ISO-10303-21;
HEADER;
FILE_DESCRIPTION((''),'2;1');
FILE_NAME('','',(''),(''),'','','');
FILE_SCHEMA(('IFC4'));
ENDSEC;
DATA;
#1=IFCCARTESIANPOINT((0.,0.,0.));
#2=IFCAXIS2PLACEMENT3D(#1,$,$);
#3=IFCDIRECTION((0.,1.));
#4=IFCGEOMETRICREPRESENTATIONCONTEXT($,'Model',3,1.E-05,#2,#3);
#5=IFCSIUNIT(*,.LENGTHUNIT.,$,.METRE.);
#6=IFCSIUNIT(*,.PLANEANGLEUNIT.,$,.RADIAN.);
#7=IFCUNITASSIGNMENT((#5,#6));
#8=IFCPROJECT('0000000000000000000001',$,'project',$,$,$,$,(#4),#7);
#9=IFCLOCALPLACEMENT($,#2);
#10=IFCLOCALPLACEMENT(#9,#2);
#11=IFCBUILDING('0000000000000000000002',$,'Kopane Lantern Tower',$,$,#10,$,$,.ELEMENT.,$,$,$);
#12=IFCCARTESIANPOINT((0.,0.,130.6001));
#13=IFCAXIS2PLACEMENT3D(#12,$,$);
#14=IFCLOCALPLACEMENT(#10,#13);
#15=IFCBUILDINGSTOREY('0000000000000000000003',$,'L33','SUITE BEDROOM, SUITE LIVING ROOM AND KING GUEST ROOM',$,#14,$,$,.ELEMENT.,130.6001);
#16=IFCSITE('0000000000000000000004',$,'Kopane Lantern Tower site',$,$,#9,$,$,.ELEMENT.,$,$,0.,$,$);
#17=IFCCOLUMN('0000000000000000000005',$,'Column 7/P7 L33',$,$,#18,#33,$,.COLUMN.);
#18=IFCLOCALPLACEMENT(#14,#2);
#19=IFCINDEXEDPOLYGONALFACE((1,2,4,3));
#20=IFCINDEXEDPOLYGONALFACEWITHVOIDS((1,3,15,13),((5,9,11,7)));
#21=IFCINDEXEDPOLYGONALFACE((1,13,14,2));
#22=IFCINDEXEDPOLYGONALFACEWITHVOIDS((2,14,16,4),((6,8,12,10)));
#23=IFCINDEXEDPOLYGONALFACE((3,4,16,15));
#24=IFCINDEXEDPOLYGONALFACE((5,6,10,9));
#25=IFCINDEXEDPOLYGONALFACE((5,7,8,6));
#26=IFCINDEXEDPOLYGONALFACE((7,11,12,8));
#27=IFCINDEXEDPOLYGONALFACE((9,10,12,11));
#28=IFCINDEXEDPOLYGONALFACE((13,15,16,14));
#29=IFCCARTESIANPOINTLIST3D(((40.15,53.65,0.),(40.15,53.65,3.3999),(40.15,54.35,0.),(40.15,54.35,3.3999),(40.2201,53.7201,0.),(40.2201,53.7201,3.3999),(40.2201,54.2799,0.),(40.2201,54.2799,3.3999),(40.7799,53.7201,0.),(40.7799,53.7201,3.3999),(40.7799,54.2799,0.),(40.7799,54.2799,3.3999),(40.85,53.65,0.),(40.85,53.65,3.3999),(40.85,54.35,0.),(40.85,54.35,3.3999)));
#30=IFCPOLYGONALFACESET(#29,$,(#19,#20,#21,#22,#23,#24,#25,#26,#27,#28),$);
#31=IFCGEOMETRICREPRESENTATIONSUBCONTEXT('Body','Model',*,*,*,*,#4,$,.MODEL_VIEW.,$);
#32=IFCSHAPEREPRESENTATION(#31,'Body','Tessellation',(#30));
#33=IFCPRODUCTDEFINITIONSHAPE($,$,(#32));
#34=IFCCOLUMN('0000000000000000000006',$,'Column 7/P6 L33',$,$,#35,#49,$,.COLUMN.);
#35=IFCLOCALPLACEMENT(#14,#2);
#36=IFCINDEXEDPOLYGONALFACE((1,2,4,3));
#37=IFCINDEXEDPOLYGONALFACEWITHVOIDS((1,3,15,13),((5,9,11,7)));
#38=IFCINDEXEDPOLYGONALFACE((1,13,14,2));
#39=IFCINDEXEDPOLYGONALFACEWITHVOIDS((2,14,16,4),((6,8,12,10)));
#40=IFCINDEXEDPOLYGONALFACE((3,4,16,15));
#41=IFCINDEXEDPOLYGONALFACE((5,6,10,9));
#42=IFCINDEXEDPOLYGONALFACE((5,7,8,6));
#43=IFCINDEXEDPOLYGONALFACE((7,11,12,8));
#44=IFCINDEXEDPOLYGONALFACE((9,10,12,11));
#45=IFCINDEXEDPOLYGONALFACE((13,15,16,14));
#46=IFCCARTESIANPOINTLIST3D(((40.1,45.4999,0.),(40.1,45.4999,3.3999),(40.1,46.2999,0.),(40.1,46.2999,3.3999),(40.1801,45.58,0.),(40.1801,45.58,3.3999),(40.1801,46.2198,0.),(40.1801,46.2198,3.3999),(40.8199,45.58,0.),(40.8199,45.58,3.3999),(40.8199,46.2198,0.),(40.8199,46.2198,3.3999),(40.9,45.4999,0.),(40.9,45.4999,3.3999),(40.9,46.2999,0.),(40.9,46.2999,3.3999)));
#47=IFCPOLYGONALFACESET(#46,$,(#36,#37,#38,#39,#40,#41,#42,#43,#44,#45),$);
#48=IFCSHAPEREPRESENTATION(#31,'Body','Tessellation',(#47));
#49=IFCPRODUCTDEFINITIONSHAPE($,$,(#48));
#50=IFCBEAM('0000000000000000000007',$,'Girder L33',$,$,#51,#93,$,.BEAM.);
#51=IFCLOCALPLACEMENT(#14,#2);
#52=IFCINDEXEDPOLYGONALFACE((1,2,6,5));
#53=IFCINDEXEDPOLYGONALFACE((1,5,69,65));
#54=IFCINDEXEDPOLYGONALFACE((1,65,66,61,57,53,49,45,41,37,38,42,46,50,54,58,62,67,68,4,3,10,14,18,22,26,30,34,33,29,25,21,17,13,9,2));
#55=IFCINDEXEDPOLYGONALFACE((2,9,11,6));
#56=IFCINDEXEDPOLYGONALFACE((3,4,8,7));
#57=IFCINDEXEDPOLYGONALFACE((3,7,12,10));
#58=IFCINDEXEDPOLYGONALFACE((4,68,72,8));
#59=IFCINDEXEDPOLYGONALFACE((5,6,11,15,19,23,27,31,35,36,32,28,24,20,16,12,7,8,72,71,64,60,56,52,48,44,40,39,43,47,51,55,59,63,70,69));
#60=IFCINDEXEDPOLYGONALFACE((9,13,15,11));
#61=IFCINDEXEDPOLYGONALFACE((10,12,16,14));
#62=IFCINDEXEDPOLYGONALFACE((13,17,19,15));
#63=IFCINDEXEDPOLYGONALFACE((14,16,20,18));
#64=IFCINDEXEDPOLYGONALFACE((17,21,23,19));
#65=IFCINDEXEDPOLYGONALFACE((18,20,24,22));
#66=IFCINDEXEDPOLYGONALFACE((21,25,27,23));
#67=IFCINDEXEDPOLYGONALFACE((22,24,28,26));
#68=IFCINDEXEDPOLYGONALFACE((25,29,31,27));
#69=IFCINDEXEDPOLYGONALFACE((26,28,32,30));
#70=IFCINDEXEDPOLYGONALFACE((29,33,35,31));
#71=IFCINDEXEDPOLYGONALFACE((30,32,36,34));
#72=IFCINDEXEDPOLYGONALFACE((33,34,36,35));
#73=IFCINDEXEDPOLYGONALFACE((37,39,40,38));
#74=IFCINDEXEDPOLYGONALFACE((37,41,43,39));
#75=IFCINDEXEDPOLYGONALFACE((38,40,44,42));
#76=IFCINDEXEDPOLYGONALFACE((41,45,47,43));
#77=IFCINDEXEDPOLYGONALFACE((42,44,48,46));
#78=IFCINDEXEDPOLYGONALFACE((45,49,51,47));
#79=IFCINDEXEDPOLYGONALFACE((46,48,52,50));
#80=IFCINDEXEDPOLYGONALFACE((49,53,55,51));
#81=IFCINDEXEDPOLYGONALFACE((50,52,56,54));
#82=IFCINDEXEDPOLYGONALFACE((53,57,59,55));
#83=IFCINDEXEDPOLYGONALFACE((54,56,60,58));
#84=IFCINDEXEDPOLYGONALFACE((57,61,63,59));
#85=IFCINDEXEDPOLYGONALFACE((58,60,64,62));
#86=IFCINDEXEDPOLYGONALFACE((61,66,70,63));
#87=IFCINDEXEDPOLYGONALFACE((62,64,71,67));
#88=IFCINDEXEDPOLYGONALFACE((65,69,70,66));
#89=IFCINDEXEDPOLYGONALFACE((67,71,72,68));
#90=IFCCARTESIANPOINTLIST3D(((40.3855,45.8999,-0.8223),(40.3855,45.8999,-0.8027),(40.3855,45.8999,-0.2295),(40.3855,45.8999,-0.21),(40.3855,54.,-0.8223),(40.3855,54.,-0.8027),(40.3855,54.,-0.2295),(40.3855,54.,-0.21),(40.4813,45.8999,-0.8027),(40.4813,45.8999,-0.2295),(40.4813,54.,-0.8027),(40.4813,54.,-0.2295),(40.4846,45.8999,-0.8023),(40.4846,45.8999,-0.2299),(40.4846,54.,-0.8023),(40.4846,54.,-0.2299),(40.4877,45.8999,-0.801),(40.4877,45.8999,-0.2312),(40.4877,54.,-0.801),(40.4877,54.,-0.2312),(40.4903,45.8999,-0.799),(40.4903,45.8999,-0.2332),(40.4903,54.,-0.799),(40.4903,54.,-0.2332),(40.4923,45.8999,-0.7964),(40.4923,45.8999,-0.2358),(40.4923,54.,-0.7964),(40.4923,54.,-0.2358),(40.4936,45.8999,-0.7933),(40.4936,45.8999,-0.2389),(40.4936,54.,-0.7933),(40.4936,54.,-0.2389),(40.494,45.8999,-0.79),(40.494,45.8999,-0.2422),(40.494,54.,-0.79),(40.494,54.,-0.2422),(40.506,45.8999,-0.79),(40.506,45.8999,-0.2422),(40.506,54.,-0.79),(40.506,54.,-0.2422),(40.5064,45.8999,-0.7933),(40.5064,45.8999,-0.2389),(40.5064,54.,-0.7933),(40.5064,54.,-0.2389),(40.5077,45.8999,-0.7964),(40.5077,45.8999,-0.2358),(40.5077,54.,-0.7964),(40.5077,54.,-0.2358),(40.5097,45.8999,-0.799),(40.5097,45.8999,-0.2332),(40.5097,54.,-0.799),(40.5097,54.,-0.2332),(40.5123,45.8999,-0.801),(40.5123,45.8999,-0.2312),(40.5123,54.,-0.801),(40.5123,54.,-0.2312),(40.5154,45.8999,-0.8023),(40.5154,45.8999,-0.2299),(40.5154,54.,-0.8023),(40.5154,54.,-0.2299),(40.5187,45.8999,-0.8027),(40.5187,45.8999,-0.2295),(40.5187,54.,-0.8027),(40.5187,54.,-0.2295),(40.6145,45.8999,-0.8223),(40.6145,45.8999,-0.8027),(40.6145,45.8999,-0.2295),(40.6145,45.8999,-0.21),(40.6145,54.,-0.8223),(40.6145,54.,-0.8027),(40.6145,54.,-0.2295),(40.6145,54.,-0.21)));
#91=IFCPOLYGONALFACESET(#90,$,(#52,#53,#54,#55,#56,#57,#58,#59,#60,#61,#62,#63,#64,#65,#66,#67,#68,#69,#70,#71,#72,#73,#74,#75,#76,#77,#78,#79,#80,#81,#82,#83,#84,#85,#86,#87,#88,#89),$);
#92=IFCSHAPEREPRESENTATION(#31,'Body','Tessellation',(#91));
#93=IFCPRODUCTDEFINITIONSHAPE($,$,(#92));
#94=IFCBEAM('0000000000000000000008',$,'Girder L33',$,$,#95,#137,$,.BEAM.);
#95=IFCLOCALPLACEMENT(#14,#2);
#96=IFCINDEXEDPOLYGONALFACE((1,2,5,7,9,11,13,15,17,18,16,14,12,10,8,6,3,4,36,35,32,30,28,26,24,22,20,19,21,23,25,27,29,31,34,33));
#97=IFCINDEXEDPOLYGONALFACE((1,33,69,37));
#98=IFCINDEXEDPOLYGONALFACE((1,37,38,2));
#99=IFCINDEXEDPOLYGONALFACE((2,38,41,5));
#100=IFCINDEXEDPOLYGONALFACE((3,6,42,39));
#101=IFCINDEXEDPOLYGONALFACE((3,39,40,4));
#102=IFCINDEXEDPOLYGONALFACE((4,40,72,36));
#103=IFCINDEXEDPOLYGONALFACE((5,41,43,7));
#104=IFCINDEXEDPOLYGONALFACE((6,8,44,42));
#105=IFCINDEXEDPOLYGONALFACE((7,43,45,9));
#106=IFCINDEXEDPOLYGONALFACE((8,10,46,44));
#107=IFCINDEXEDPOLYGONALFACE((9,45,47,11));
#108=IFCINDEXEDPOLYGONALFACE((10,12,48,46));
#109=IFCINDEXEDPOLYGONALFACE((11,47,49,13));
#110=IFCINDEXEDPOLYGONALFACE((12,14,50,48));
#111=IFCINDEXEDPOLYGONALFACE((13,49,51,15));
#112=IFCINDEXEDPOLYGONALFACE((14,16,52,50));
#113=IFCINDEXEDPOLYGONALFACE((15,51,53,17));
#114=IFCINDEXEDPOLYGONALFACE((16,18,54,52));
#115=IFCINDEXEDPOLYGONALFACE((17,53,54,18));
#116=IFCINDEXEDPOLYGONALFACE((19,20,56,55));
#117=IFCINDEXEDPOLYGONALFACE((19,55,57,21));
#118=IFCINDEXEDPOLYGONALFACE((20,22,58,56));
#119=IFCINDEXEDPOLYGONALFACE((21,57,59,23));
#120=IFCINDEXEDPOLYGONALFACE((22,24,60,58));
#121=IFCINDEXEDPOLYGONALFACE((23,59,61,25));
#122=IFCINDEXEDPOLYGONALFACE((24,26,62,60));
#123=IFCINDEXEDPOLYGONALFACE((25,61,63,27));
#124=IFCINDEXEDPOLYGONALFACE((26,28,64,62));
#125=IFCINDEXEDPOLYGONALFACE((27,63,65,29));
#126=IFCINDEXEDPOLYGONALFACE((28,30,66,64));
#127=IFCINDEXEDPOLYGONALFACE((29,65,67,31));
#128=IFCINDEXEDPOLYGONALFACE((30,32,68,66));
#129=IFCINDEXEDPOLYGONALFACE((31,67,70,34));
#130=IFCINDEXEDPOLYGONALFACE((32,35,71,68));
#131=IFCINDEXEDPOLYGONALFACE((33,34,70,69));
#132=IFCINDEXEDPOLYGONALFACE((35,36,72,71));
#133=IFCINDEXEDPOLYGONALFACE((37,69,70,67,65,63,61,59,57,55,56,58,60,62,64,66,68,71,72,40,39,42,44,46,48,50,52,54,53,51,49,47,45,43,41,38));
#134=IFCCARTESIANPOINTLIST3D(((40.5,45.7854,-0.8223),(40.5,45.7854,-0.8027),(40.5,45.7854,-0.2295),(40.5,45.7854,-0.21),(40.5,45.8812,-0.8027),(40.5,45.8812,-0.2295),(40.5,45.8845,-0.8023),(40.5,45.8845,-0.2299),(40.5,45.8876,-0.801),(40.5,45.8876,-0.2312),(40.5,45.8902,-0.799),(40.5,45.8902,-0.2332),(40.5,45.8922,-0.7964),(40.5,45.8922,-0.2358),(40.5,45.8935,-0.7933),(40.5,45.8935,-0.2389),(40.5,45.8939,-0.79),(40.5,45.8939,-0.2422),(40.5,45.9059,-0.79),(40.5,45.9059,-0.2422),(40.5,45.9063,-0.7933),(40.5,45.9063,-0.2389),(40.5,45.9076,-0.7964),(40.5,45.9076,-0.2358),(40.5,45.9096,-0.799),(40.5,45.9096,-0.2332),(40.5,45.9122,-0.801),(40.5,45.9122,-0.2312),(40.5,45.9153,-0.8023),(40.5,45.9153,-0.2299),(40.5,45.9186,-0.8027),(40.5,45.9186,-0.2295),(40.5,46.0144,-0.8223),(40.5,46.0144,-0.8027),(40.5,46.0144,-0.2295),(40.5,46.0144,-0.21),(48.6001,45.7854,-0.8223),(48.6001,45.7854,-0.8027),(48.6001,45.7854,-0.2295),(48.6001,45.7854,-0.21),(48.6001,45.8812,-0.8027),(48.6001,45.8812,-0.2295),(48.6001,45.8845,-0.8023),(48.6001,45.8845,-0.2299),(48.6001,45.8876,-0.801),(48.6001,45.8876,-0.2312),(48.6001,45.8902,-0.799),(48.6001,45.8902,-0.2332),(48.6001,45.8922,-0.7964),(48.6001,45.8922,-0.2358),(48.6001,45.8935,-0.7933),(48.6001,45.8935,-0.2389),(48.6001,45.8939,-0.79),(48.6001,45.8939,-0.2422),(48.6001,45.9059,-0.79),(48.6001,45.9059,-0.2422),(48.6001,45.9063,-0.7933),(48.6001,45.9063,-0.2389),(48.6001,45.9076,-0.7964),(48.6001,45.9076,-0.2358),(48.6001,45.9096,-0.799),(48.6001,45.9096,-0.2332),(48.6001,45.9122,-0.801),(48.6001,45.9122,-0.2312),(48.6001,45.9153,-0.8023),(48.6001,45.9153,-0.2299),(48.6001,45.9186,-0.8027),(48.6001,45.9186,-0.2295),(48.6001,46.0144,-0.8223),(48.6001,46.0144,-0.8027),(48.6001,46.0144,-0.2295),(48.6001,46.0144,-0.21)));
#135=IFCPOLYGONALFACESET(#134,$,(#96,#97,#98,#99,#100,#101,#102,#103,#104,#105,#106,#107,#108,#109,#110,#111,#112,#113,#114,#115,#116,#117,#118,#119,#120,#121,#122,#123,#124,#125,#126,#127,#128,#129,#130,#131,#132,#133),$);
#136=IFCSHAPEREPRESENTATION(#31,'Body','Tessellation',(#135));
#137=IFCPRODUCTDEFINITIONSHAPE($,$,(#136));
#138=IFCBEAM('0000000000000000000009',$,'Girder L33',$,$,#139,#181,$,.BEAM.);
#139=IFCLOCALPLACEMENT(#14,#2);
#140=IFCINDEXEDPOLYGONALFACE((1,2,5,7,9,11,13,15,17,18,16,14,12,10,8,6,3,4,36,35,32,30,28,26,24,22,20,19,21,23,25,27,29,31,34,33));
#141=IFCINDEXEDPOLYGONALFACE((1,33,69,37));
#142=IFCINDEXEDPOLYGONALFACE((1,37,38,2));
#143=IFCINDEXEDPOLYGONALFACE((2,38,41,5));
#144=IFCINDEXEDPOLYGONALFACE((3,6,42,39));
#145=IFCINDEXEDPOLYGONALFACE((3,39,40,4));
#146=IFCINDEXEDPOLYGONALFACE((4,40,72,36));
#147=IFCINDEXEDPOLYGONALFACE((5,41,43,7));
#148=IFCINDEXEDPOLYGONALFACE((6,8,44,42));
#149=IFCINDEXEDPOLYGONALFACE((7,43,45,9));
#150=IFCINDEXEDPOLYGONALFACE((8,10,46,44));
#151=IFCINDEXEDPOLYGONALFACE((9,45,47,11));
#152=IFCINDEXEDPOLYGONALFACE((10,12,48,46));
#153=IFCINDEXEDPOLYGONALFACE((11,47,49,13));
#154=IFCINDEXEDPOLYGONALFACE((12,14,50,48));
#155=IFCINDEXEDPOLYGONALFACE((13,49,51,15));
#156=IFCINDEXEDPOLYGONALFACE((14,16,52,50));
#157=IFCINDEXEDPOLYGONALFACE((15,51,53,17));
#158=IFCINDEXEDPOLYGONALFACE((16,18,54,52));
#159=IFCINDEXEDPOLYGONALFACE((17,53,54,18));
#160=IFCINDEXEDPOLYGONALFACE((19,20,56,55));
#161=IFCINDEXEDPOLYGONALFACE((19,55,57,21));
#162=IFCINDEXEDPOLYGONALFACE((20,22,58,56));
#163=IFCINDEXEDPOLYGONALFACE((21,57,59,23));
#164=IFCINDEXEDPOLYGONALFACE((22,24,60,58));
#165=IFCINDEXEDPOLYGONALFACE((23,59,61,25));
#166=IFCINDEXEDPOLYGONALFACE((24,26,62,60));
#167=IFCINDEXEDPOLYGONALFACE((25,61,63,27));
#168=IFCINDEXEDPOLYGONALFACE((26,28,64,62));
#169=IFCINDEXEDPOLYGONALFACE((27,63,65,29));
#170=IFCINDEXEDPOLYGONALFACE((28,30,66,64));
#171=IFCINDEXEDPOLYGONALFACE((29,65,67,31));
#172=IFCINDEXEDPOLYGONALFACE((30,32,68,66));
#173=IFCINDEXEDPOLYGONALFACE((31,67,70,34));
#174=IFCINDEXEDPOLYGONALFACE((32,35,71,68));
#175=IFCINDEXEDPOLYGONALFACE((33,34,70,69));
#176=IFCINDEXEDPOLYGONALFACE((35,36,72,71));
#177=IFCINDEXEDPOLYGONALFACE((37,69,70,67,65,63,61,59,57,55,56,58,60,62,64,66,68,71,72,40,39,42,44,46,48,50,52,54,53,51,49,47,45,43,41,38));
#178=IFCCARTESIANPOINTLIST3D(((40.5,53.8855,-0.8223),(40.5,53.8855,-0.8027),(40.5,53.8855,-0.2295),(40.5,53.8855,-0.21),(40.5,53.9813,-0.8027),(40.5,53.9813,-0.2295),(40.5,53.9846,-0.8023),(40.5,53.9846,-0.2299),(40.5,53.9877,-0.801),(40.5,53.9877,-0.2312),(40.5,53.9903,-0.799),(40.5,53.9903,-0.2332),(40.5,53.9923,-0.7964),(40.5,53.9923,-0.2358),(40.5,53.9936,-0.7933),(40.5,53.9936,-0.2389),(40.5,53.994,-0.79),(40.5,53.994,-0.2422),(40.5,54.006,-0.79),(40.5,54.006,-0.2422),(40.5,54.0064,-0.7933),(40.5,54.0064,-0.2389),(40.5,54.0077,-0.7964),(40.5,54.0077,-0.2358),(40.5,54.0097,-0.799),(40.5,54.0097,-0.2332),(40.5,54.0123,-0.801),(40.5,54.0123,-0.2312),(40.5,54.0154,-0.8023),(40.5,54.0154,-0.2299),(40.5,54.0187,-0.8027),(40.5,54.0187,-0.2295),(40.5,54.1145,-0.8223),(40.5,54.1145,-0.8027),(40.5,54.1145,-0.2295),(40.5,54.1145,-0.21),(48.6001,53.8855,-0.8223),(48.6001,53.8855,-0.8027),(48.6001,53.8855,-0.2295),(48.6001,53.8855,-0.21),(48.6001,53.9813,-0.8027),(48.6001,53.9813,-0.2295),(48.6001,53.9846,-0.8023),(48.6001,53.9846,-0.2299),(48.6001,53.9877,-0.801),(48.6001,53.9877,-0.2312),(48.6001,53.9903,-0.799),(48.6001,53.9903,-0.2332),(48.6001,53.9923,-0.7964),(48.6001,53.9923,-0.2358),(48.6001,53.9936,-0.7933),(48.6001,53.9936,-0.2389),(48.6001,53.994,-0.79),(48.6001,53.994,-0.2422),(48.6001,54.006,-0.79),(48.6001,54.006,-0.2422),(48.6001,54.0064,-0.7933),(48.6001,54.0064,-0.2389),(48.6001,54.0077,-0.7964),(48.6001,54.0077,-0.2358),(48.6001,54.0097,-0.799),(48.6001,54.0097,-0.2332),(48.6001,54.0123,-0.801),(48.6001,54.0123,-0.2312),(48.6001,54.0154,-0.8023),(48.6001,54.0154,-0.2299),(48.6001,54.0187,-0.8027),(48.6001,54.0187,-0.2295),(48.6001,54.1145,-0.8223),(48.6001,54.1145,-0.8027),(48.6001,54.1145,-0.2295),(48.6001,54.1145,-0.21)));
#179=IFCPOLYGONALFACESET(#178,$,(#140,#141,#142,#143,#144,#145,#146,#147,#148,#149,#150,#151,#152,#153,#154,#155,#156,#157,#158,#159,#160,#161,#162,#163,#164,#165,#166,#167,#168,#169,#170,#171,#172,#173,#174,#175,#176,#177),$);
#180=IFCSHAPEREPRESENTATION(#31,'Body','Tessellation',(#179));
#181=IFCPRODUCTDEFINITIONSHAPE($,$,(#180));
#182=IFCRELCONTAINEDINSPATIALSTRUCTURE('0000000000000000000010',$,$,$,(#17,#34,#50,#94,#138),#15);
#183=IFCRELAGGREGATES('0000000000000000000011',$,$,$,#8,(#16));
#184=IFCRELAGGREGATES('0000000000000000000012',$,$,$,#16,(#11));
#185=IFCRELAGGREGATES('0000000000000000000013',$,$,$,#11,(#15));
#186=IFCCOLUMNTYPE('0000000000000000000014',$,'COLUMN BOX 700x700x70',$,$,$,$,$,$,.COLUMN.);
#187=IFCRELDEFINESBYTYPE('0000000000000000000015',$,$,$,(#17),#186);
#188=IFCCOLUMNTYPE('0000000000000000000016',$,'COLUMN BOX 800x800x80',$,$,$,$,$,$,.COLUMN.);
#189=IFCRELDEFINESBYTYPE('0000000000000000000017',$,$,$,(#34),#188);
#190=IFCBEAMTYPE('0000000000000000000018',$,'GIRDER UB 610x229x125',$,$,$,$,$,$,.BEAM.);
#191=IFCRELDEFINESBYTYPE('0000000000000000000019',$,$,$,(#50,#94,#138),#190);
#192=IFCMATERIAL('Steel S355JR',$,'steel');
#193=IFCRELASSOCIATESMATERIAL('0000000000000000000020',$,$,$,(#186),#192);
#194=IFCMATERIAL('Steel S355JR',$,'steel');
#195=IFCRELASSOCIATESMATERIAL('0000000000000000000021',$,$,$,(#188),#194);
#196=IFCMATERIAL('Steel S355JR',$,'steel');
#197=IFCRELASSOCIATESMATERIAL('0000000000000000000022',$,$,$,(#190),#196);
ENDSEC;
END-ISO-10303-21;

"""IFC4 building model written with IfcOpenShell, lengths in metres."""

from ifc_helpers import new_model, si_unit, direction, frame, origin, origin_2d, place, context, subcontext, project, spatial, hollow_rectangle, i_section, extrude, material, material_profile, profile_set, type_object, element, save


model = new_model("IFC4")

# Units and contexts
model_context = context("Model", 3, precision=1e-05, world=origin(), true_north=direction((0.0, 1.0)))
body_context = subcontext(model_context, "Body", "Model", "MODEL_VIEW")
ifc_project = project(units=[si_unit("LENGTHUNIT", "METRE"), si_unit("PLANEANGLEUNIT", "RADIAN")], contexts=[model_context])

# Site, building, storey
site_placement = place(None, origin())
site = spatial("IfcSite", under=ifc_project, at=site_placement, Name="Kopane Lantern Tower site", CompositionType="ELEMENT", RefElevation=0.0)
building_placement = place(site_placement, origin())
building = spatial("IfcBuilding", under=site, at=building_placement, Name="Kopane Lantern Tower", CompositionType="ELEMENT")
storey_placement = place(building_placement, frame((0.0, 0.0, 130.6001)))
storey = spatial("IfcBuildingStorey", under=building, at=storey_placement, Name="L33", Description="SUITE BEDROOM, SUITE LIVING ROOM AND KING GUEST ROOM", CompositionType="ELEMENT", Elevation=130.6001)

# Columns
ifc_material_1 = material(Name="Steel S355JR", Category="steel")
ifc_material_profile_1 = material_profile(ifc_material_1, hollow_rectangle(XDim=0.7, YDim=0.7, WallThickness=0.0701, at=origin_2d()), Name="BOX 700x700x70")
ifc_profile_set_1 = profile_set([ifc_material_profile_1], Name="Steel S355JR")
column_type_1 = type_object("IfcColumnType", Name="COLUMN BOX 700x700x70", PredefinedType="COLUMN", material=ifc_profile_set_1)
column_1_placement = place(storey_placement, frame((40.5, 54.0, 0.0), z_axis=(0.0, 0.0, 1.0), x_axis=(1.0, 0.0, 0.0)))
element("IfcColumn", 1, at=column_1_placement, inside=storey, type_object=column_type_1, Name="Column 7/P7 L33", PredefinedType="COLUMN", context=body_context, shape_type="SweptSolid", body=[
    extrude(hollow_rectangle(XDim=0.7, YDim=0.7, WallThickness=0.0701, at=origin_2d()), origin(), (0.0, 0.0, 1.0), 3.3999),
])
ifc_material_2 = material(Name="Steel S355JR", Category="steel")
ifc_material_profile_2 = material_profile(ifc_material_2, hollow_rectangle(XDim=0.8, YDim=0.8, WallThickness=0.0801, at=origin_2d()), Name="BOX 800x800x80")
ifc_profile_set_2 = profile_set([ifc_material_profile_2], Name="Steel S355JR")
column_type_2 = type_object("IfcColumnType", Name="COLUMN BOX 800x800x80", PredefinedType="COLUMN", material=ifc_profile_set_2)
column_2_placement = place(storey_placement, frame((40.5, 45.8999, 0.0), z_axis=(0.0, 0.0, 1.0), x_axis=(1.0, 0.0, 0.0)))
element("IfcColumn", 2, at=column_2_placement, inside=storey, type_object=column_type_2, Name="Column 7/P6 L33", PredefinedType="COLUMN", context=body_context, shape_type="SweptSolid", body=[
    extrude(hollow_rectangle(XDim=0.8, YDim=0.8, WallThickness=0.0801, at=origin_2d()), origin(), (0.0, 0.0, 1.0), 3.3999),
])

# Beams
ifc_material_3 = material(Name="Steel S355JR", Category="steel")
ifc_material_profile_3 = material_profile(ifc_material_3, i_section(OverallWidth=0.229, OverallDepth=0.6123, WebThickness=0.012, FlangeThickness=0.0195, FilletRadius=0.0127, at=origin_2d()), Name="UB 610x229x125")
ifc_profile_set_3 = profile_set([ifc_material_profile_3], Name="Steel S355JR")
beam_type = type_object("IfcBeamType", Name="GIRDER UB 610x229x125", PredefinedType="BEAM", material=ifc_profile_set_3)
for number, where, z_axis, x_axis, name in (
    (3, (40.5, 45.8999, -0.5161), (0.0, 1.0, 0.0), (-1.0, 0.0, 0.0), "Girder L33"),
    (4, (40.5, 45.8999, -0.5161), (1.0, 0.0, 0.0), (0.0, 1.0, 0.0), "Girder L33"),
    (5, (40.5, 54.0, -0.5161), (1.0, 0.0, 0.0), (0.0, 1.0, 0.0), "Girder L33"),
):
    element("IfcBeam", number, at=place(storey_placement, frame(where, z_axis=z_axis, x_axis=x_axis)), inside=storey, type_object=beam_type, Name=name, PredefinedType="BEAM", context=body_context, shape_type="SweptSolid", body=[
        extrude(i_section(OverallWidth=0.229, OverallDepth=0.6123, WebThickness=0.012, FlangeThickness=0.0195, FilletRadius=0.0127, at=origin_2d()), origin(), (0.0, 0.0, 1.0), 8.1001),
    ])

save(model, "model.ifc")
